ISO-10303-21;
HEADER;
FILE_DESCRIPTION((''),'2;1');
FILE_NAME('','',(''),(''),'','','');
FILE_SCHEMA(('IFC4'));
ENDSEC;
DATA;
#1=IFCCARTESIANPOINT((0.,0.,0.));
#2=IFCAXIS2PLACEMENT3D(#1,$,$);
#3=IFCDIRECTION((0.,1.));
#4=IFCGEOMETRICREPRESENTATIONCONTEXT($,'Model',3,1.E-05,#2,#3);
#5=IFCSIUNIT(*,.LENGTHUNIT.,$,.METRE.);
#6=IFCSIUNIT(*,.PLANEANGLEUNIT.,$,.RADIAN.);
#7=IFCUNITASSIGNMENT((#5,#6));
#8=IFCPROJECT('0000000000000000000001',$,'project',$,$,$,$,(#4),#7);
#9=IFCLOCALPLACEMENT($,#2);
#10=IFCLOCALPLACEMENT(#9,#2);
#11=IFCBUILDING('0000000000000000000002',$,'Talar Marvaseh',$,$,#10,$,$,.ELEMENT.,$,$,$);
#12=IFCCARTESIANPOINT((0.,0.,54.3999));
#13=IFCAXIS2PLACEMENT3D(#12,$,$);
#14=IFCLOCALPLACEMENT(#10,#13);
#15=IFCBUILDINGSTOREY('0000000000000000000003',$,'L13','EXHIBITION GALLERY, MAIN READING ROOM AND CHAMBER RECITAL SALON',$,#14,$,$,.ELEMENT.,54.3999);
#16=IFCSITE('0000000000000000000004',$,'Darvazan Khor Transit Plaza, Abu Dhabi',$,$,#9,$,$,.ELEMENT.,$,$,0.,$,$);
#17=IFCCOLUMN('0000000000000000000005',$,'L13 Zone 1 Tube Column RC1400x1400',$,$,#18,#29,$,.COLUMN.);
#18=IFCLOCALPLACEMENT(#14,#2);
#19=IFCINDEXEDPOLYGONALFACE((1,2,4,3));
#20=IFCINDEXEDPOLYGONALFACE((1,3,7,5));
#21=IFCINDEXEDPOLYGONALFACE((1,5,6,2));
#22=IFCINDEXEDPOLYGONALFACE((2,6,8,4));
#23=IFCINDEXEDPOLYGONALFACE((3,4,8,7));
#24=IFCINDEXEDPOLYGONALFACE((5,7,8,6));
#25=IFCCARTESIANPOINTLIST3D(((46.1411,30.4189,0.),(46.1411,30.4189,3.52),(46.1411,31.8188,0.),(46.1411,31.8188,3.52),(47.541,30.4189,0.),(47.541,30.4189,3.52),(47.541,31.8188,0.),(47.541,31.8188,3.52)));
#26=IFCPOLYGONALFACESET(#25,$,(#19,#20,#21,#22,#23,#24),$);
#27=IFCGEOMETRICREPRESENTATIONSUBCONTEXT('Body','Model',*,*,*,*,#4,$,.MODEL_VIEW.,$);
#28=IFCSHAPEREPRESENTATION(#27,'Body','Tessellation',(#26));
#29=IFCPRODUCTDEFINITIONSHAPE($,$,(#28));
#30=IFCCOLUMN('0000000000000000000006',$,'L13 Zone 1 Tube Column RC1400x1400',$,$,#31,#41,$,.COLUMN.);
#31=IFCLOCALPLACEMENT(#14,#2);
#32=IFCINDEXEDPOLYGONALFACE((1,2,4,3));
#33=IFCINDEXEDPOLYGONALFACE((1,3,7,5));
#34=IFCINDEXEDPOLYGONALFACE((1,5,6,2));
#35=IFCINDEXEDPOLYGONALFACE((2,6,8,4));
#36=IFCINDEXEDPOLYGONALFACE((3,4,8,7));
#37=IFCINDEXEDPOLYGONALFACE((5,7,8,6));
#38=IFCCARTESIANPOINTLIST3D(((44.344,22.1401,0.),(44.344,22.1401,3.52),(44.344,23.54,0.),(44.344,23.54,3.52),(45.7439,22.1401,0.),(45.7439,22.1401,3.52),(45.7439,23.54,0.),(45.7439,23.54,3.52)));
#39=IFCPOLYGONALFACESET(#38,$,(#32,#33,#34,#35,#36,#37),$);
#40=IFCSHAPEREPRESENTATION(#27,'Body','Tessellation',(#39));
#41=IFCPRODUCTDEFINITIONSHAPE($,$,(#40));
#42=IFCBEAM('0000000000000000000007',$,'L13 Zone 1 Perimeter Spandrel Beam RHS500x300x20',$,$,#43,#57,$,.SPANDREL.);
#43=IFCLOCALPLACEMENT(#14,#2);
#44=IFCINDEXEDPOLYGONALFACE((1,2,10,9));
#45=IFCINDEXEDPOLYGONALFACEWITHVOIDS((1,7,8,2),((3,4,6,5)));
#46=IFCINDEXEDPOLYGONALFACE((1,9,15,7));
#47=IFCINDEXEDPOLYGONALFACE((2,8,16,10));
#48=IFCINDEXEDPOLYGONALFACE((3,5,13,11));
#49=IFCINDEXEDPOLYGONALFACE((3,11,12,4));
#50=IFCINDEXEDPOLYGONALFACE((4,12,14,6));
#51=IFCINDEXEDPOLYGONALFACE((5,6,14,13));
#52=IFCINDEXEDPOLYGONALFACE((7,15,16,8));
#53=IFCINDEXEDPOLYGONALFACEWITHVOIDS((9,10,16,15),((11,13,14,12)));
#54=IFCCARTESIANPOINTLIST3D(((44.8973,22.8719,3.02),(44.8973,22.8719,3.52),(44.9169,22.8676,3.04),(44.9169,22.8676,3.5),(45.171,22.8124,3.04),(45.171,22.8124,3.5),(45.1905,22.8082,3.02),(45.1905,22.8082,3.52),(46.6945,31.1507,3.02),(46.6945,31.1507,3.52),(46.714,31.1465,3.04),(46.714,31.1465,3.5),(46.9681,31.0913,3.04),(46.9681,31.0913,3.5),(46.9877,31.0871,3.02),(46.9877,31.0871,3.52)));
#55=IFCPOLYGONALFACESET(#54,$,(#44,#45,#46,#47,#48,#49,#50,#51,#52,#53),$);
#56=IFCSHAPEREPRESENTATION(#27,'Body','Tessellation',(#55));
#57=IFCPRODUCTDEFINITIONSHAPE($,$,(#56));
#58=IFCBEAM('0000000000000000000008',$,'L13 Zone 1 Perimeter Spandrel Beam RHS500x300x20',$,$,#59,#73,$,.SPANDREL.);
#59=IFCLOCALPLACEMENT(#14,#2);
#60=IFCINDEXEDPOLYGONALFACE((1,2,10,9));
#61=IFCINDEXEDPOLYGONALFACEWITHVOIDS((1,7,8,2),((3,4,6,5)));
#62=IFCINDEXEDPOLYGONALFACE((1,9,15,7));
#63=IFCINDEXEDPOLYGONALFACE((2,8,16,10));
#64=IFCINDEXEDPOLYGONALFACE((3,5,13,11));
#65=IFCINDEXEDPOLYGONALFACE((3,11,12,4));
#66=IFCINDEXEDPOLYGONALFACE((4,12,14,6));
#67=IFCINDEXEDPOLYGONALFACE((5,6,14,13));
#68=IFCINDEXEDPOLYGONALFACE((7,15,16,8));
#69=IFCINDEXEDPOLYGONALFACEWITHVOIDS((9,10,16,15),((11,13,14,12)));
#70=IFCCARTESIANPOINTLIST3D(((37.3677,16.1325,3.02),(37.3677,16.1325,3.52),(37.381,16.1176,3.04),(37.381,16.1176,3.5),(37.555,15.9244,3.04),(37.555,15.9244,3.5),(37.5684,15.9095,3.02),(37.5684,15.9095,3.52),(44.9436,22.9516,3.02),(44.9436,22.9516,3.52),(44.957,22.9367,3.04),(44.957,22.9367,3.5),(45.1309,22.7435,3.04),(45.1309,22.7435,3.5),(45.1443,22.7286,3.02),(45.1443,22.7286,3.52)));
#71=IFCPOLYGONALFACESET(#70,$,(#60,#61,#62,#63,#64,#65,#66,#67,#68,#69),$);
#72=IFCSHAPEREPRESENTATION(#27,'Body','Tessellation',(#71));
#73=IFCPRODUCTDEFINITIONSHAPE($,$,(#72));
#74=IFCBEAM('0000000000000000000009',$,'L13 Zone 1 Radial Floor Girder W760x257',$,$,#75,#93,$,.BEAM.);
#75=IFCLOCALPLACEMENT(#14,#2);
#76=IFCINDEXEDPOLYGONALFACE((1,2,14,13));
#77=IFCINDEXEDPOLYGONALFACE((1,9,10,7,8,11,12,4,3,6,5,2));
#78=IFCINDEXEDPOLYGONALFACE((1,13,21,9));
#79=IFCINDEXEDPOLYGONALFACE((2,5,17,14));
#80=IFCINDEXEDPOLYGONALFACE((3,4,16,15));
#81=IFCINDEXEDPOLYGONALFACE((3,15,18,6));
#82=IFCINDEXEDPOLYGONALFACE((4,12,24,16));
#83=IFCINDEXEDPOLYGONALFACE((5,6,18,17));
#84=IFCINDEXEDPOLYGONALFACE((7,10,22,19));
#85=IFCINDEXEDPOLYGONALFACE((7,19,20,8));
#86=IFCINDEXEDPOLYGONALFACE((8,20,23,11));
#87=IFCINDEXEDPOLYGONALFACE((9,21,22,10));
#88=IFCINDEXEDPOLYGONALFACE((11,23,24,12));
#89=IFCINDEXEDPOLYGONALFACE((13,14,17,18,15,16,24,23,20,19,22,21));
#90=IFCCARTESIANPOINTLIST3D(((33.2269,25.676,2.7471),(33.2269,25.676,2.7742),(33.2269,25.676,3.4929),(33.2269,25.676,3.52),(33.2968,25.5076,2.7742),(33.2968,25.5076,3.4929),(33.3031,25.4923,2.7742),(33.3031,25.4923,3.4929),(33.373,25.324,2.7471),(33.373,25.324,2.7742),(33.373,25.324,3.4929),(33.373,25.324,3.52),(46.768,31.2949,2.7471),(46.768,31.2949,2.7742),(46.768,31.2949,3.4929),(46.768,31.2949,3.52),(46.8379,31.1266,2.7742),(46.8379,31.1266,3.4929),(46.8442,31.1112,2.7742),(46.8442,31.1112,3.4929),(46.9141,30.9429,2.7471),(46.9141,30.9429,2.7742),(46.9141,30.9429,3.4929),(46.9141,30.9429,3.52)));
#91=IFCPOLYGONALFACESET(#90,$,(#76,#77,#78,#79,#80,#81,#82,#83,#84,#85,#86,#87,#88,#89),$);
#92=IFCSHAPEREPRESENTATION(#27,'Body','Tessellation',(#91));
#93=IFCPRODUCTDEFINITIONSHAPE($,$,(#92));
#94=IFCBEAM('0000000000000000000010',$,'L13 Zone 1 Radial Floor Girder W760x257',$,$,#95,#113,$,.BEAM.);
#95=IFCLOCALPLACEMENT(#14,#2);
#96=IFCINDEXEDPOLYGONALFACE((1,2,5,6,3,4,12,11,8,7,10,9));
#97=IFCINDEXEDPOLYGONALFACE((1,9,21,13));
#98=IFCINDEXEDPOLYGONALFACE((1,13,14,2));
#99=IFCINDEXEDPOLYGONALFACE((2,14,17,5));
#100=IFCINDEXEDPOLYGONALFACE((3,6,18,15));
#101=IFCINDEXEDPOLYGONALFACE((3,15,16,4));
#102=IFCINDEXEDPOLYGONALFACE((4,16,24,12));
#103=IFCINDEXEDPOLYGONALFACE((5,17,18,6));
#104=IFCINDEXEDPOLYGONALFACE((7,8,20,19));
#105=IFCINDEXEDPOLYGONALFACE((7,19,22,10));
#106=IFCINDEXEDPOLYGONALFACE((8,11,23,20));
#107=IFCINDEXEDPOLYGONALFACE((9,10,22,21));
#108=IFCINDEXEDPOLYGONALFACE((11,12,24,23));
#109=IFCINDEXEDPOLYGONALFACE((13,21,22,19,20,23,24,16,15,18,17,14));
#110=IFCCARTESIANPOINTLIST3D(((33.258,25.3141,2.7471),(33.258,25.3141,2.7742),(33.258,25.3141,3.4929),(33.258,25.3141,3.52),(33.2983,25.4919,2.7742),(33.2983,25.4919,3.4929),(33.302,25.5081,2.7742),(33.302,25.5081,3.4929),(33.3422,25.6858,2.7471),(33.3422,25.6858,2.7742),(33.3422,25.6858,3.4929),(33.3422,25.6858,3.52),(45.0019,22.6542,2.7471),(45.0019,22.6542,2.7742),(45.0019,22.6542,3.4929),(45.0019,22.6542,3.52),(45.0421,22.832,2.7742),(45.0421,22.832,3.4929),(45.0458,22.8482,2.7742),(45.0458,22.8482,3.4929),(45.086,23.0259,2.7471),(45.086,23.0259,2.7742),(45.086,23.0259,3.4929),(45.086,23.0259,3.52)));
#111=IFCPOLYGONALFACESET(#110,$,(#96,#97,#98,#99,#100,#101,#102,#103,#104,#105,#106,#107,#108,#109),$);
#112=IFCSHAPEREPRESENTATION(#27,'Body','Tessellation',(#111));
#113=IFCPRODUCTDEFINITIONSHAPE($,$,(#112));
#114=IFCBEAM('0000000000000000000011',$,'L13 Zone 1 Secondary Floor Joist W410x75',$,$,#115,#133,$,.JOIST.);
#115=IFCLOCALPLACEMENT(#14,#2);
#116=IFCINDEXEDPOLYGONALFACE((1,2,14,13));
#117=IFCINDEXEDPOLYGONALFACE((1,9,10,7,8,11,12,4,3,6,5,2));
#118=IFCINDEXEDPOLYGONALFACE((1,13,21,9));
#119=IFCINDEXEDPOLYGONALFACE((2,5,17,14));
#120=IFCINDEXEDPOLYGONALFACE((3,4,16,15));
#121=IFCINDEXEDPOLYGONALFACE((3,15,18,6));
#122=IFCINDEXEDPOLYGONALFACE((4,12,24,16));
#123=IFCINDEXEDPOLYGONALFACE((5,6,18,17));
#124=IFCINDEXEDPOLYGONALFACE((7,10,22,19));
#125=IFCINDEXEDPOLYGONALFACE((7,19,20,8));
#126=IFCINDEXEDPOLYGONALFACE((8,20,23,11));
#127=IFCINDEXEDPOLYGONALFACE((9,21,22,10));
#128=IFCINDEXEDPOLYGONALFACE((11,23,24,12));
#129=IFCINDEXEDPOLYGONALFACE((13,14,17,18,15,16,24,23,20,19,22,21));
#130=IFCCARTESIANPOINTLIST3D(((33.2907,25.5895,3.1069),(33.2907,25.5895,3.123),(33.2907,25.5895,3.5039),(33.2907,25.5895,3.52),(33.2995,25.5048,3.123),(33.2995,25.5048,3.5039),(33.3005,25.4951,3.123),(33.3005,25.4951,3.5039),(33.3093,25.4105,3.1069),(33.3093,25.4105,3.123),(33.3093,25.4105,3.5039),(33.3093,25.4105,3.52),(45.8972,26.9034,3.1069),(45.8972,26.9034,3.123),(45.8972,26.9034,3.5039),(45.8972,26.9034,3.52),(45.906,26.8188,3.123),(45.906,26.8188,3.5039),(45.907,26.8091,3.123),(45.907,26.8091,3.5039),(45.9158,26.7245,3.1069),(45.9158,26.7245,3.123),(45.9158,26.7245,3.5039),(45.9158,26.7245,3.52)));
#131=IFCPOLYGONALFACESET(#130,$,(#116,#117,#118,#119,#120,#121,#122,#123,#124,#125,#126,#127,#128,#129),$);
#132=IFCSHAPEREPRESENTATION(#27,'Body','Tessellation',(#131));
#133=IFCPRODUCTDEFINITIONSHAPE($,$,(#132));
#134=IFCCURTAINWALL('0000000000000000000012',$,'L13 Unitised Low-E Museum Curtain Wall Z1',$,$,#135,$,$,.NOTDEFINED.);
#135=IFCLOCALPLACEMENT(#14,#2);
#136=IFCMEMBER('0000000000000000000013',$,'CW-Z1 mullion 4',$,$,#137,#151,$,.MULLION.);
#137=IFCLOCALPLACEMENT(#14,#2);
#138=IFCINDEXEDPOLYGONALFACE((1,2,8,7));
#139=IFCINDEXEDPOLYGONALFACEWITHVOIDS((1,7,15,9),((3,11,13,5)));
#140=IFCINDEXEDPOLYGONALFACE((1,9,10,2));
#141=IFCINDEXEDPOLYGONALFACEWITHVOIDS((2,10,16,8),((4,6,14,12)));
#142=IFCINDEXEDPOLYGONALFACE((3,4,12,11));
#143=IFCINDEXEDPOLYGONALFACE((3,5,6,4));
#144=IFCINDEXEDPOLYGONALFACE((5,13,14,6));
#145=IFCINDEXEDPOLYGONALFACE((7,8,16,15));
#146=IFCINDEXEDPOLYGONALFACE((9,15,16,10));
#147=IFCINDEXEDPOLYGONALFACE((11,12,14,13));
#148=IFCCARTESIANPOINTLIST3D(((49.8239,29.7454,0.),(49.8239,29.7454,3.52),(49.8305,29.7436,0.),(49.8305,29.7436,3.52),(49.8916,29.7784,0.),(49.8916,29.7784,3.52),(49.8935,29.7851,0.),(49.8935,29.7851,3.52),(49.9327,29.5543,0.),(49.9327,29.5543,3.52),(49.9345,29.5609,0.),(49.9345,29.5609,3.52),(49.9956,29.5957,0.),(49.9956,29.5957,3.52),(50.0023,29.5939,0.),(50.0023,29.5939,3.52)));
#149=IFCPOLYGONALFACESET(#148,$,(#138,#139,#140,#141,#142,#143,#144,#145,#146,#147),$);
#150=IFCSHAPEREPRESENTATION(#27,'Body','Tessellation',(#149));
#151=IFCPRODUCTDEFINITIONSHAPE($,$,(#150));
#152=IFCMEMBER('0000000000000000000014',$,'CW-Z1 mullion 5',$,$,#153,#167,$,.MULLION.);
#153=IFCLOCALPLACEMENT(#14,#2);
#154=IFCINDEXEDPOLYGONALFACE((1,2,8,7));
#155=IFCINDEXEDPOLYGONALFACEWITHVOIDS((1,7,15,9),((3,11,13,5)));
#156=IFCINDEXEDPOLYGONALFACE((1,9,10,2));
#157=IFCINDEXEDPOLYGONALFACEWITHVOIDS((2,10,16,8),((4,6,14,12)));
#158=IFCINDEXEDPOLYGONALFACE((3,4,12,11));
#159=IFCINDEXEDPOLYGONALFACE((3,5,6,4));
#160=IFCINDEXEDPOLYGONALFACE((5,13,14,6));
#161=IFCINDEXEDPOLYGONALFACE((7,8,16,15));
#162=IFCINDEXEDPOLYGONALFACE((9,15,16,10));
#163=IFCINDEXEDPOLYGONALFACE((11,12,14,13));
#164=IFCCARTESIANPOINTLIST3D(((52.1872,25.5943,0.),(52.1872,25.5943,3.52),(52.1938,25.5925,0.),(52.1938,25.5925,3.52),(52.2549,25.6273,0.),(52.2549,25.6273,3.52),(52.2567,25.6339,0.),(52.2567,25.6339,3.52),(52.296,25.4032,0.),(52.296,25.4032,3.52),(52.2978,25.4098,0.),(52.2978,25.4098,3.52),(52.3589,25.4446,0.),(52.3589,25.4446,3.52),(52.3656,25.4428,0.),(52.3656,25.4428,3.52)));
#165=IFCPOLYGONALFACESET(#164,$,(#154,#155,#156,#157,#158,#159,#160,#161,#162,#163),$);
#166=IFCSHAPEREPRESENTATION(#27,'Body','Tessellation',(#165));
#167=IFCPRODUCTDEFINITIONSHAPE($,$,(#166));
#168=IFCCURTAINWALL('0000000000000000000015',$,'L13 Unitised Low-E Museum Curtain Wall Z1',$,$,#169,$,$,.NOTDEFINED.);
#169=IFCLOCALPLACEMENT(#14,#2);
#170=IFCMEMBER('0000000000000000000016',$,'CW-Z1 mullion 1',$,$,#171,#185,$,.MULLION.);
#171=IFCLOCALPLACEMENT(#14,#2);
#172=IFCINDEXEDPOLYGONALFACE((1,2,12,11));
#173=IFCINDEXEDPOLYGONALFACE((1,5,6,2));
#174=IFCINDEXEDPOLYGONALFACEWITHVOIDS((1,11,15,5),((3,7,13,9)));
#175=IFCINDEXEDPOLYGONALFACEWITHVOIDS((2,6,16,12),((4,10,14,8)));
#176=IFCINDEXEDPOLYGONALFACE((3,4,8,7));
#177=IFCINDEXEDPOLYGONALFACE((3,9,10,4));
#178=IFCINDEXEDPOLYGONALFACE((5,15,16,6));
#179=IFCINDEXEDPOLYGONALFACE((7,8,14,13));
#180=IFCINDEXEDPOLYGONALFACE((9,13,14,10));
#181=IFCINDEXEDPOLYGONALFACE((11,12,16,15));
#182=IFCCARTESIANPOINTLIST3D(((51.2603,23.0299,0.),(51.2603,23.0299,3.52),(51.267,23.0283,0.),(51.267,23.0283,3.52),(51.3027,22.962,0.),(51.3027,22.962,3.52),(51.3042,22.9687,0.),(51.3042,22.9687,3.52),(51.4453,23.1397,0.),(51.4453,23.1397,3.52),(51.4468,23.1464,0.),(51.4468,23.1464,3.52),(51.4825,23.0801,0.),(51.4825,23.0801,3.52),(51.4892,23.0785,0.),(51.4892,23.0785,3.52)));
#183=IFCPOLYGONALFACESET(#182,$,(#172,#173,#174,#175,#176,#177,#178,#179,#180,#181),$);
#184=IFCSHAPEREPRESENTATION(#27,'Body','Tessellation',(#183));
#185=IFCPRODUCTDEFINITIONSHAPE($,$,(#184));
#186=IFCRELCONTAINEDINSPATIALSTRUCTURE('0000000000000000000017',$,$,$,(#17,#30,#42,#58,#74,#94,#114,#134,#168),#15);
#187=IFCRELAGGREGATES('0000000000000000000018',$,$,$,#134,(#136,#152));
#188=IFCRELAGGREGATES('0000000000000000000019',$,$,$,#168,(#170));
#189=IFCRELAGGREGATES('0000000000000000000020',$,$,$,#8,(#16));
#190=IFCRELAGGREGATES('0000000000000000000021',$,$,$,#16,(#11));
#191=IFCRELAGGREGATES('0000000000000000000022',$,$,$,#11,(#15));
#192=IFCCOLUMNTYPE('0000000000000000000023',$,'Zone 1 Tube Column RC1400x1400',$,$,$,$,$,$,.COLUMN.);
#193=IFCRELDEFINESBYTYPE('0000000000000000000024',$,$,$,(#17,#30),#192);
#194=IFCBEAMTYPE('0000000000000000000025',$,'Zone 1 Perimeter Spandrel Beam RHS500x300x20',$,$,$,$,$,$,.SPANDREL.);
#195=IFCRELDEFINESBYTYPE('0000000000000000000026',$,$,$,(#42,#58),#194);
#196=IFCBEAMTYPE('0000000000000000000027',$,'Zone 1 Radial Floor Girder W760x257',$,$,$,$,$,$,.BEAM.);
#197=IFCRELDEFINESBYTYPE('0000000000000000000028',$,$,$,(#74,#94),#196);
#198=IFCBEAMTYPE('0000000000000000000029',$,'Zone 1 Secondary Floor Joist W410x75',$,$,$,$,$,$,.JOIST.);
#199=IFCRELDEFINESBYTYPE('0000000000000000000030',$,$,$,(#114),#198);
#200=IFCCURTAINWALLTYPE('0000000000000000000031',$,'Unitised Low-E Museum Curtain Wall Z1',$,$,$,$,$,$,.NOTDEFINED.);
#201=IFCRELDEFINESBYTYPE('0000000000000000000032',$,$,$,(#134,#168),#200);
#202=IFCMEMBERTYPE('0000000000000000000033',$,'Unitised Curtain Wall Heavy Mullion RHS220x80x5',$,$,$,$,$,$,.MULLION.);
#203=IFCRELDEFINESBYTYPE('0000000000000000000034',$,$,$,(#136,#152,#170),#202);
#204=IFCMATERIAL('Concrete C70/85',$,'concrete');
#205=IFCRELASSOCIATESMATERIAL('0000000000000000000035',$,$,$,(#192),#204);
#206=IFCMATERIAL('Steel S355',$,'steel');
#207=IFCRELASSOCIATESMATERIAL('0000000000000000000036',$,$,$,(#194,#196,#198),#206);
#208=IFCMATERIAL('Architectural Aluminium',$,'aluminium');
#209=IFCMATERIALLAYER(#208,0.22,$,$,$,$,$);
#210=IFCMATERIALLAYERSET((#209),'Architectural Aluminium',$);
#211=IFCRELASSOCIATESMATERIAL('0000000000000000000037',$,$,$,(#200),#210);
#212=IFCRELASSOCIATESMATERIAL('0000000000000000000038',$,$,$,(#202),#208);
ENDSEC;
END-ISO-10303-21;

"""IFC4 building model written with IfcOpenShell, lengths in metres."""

from ifc_helpers import new_model, si_unit, direction, frame, origin, origin_2d, place, context, subcontext, project, spatial, rectangle, hollow_rectangle, i_section, extrude, source, transform, mapped, material, layer, layer_set, material_profile, profile_set, type_object, type_shapes, element, aggregate, save


model = new_model("IFC4")

# Units and contexts
model_context = context("Model", 3, precision=1e-05, world=origin(), true_north=direction((0.0, 1.0)))
body_context = subcontext(model_context, "Body", "Model", "MODEL_VIEW")
ifc_project = project(units=[si_unit("LENGTHUNIT", "METRE"), si_unit("PLANEANGLEUNIT", "RADIAN")], contexts=[model_context])

# Site, building, storey
site_placement = place(None, origin())
site = spatial("IfcSite", under=ifc_project, at=site_placement, Name="Darvazan Khor Transit Plaza, Abu Dhabi", CompositionType="ELEMENT", RefElevation=0.0)
building_placement = place(site_placement, origin())
building = spatial("IfcBuilding", under=site, at=building_placement, Name="Talar Marvaseh", CompositionType="ELEMENT")
storey_placement = place(building_placement, frame((0.0, 0.0, 54.3999)))
storey = spatial("IfcBuildingStorey", under=building, at=storey_placement, Name="L13", Description="EXHIBITION GALLERY, MAIN READING ROOM AND CHAMBER RECITAL SALON", CompositionType="ELEMENT", Elevation=54.3999)

# Columns
ifc_material_1 = material(Name="Concrete C70/85", Category="concrete")
ifc_material_profile_1 = material_profile(ifc_material_1, rectangle(XDim=1.3999, YDim=1.3999, at=origin_2d()), Name="RC1400x1400")
ifc_profile_set_1 = profile_set([ifc_material_profile_1], Name="Concrete C70/85")
column_type = type_object("IfcColumnType", Name="Zone 1 Tube Column RC1400x1400", PredefinedType="COLUMN", material=ifc_profile_set_1)
for number, where, z_axis, x_axis, name in (
    (1, (46.8411, 31.1189, 0.0), (0.0, 0.0, 1.0), (1.0, 0.0, 0.0), "L13 Zone 1 Tube Column RC1400x1400"),
    (2, (45.0439, 22.8401, 0.0), (0.0, 0.0, 1.0), (1.0, 0.0, 0.0), "L13 Zone 1 Tube Column RC1400x1400"),
):
    element("IfcColumn", number, at=place(storey_placement, frame(where, z_axis=z_axis, x_axis=x_axis)), inside=storey, type_object=column_type, Name=name, PredefinedType="COLUMN", context=body_context, shape_type="SweptSolid", body=[
        extrude(rectangle(XDim=1.3999, YDim=1.3999, at=origin_2d()), origin(), (0.0, 0.0, 1.0), 3.52),
    ])

# Beams
ifc_material_2 = material(Name="Steel S355", Category="steel")
ifc_material_profile_2 = material_profile(ifc_material_2, hollow_rectangle(XDim=0.3, YDim=0.5, WallThickness=0.02, at=origin_2d()), Name="RHS500x300x20")
ifc_profile_set_2 = profile_set([ifc_material_profile_2], Name="Steel S355")
beam_type_1 = type_object("IfcBeamType", Name="Zone 1 Perimeter Spandrel Beam RHS500x300x20", PredefinedType="SPANDREL", material=ifc_profile_set_2)
beam_1_placement = place(storey_placement, frame((46.8411, 31.1189, 3.27), z_axis=(-0.212134, -0.977241, 0.0), x_axis=(0.977241, -0.212134, 0.0)))
element("IfcBeam", 3, at=beam_1_placement, inside=storey, type_object=beam_type_1, Name="L13 Zone 1 Perimeter Spandrel Beam RHS500x300x20", PredefinedType="SPANDREL", context=body_context, shape_type="SweptSolid", body=[
    extrude(hollow_rectangle(XDim=0.3, YDim=0.5, WallThickness=0.02, at=origin_2d()), origin(), (0.0, 0.0, 1.0), 8.4717),
])
beam_2_placement = place(storey_placement, frame((45.0439, 22.8401, 3.27), z_axis=(-0.743257, -0.669006, 0.0), x_axis=(0.669006, -0.743257, 0.0)))
element("IfcBeam", 4, at=beam_2_placement, inside=storey, type_object=beam_type_1, Name="L13 Zone 1 Perimeter Spandrel Beam RHS500x300x20", PredefinedType="SPANDREL", context=body_context, shape_type="SweptSolid", body=[
    extrude(hollow_rectangle(XDim=0.3, YDim=0.5, WallThickness=0.02, at=origin_2d()), origin(), (0.0, 0.0, 1.0), 10.1929),
])
ifc_material_profile_3 = material_profile(ifc_material_2, i_section(OverallWidth=0.3811, OverallDepth=0.7729, WebThickness=0.0166, FlangeThickness=0.0271, at=origin_2d()), Name="W760x257")
ifc_profile_set_3 = profile_set([ifc_material_profile_3], Name="Steel S355")
beam_type_2 = type_object("IfcBeamType", Name="Zone 1 Radial Floor Girder W760x257", PredefinedType="BEAM", material=ifc_profile_set_3)
beam_3_placement = place(storey_placement, frame((46.8411, 31.1189, 3.1335), z_axis=(-0.923638, -0.383267, 0.0), x_axis=(0.383267, -0.923638, 0.0)))
element("IfcBeam", 5, at=beam_3_placement, inside=storey, type_object=beam_type_2, Name="L13 Zone 1 Radial Floor Girder W760x257", PredefinedType="BEAM", context=body_context, shape_type="SweptSolid", body=[
    extrude(i_section(OverallWidth=0.3811, OverallDepth=0.7729, WebThickness=0.0166, FlangeThickness=0.0271, at=origin_2d()), origin(), (0.0, 0.0, 1.0), 14.6606),
])
beam_4_placement = place(storey_placement, frame((45.0439, 22.8401, 3.1335), z_axis=(-0.975297, 0.220898, 0.0), x_axis=(-0.220898, -0.975297, 0.0)))
element("IfcBeam", 6, at=beam_4_placement, inside=storey, type_object=beam_type_2, Name="L13 Zone 1 Radial Floor Girder W760x257", PredefinedType="BEAM", context=body_context, shape_type="SweptSolid", body=[
    extrude(i_section(OverallWidth=0.3811, OverallDepth=0.7729, WebThickness=0.0166, FlangeThickness=0.0271, at=origin_2d()), origin(), (0.0, 0.0, 1.0), 12.0413),
])
ifc_material_profile_4 = material_profile(ifc_material_2, i_section(OverallWidth=0.1799, OverallDepth=0.4131, WebThickness=0.0098, FlangeThickness=0.0161, at=origin_2d()), Name="W410x75")
ifc_profile_set_4 = profile_set([ifc_material_profile_4], Name="Steel S355")
beam_type_3 = type_object("IfcBeamType", Name="Zone 1 Secondary Floor Joist W410x75", PredefinedType="JOIST", material=ifc_profile_set_4)
beam_5_placement = place(storey_placement, frame((45.9065, 26.814, 3.3135), z_axis=(-0.994612, -0.103668, 0.0), x_axis=(0.103668, -0.994612, 0.0)))
element("IfcBeam", 7, at=beam_5_placement, inside=storey, type_object=beam_type_3, Name="L13 Zone 1 Secondary Floor Joist W410x75", PredefinedType="JOIST", context=body_context, shape_type="SweptSolid", body=[
    extrude(i_section(OverallWidth=0.1799, OverallDepth=0.4131, WebThickness=0.0098, FlangeThickness=0.0161, at=origin_2d()), origin(), (0.0, 0.0, 1.0), 12.6748),
])

# Curtain walls, members
ifc_material_3 = material(Name="Architectural Aluminium", Category="aluminium")
ifc_layer_1 = layer(ifc_material_3, 0.22)
ifc_layer_set_1 = layer_set([ifc_layer_1], Name="Architectural Aluminium")
curtain_wall_type = type_object("IfcCurtainWallType", Name="Unitised Low-E Museum Curtain Wall Z1", PredefinedType="NOTDEFINED", material=ifc_layer_set_1)
curtain_wall_1_placement = place(storey_placement, origin())
curtain_wall_1 = element("IfcCurtainWall", 8, at=curtain_wall_1_placement, inside=storey, type_object=curtain_wall_type, Name="L13 Unitised Low-E Museum Curtain Wall Z1", PredefinedType="NOTDEFINED")
ifc_material_profile_5 = material_profile(ifc_material_3, hollow_rectangle(XDim=0.0801, YDim=0.22, WallThickness=0.0049, at=origin_2d()), Name="RHS220x80x5")
ifc_profile_set_5 = profile_set([ifc_material_profile_5], Name="Architectural Aluminium")
member_type_1 = type_object("IfcMemberType", Name="Unitised Curtain Wall Heavy Mullion RHS220x80x5", PredefinedType="MULLION", material=ifc_profile_set_5)
shared_shape_1 = source(origin(), body_context, "Body", "SweptSolid", [
    extrude(hollow_rectangle(XDim=0.0801, YDim=0.22, WallThickness=0.0049, at=origin_2d()), origin(), (0.0, 0.0, 1.0), 3.52),
])
type_shapes(member_type_1, [shared_shape_1])
member_1_placement = place(storey_placement, frame((49.9131, 29.6697, 0.0), z_axis=(0.0, 0.0, 1.0), x_axis=(0.869029, 0.494762, 0.0)))
member_1 = element("IfcMember", 9, at=member_1_placement, type_object=member_type_1, Name="CW-Z1 mullion 4", PredefinedType="MULLION", context=body_context, shape_type="MappedRepresentation", body=[
    mapped(shared_shape_1, transform((0.0, 0.0, 0.0), x_axis=(1.0, 0.0, 0.0), y_axis=(0.0, 1.0, 0.0), z_axis=(0.0, 0.0, 1.0), scale=1.0)),
])
member_2_placement = place(storey_placement, frame((52.2764, 25.5186, 0.0), z_axis=(0.0, 0.0, 1.0), x_axis=(0.869029, 0.494762, 0.0)))
member_2 = element("IfcMember", 10, at=member_2_placement, type_object=member_type_1, Name="CW-Z1 mullion 5", PredefinedType="MULLION", context=body_context, shape_type="MappedRepresentation", body=[
    mapped(shared_shape_1, transform((0.0, 0.0, 0.0), x_axis=(1.0, 0.0, 0.0), y_axis=(0.0, 1.0, 0.0), z_axis=(0.0, 0.0, 1.0), scale=1.0)),
])
curtain_wall_2_placement = place(storey_placement, origin())
curtain_wall_2 = element("IfcCurtainWall", 11, at=curtain_wall_2_placement, inside=storey, type_object=curtain_wall_type, Name="L13 Unitised Low-E Museum Curtain Wall Z1", PredefinedType="NOTDEFINED")
member_3_placement = place(storey_placement, frame((51.3748, 23.0542, 0.0), z_axis=(0.0, 0.0, 1.0), x_axis=(0.529787, -0.84813, 0.0)))
member_3 = element("IfcMember", 12, at=member_3_placement, type_object=member_type_1, Name="CW-Z1 mullion 1", PredefinedType="MULLION", context=body_context, shape_type="MappedRepresentation", body=[
    mapped(shared_shape_1, transform((0.0, 0.0, 0.0), x_axis=(1.0, 0.0, 0.0), y_axis=(0.0, 1.0, 0.0), z_axis=(0.0, 0.0, 1.0), scale=1.0)),
])

aggregate(curtain_wall_1, [member_1, member_2])
aggregate(curtain_wall_2, [member_3])

save(model, "model.ifc")
